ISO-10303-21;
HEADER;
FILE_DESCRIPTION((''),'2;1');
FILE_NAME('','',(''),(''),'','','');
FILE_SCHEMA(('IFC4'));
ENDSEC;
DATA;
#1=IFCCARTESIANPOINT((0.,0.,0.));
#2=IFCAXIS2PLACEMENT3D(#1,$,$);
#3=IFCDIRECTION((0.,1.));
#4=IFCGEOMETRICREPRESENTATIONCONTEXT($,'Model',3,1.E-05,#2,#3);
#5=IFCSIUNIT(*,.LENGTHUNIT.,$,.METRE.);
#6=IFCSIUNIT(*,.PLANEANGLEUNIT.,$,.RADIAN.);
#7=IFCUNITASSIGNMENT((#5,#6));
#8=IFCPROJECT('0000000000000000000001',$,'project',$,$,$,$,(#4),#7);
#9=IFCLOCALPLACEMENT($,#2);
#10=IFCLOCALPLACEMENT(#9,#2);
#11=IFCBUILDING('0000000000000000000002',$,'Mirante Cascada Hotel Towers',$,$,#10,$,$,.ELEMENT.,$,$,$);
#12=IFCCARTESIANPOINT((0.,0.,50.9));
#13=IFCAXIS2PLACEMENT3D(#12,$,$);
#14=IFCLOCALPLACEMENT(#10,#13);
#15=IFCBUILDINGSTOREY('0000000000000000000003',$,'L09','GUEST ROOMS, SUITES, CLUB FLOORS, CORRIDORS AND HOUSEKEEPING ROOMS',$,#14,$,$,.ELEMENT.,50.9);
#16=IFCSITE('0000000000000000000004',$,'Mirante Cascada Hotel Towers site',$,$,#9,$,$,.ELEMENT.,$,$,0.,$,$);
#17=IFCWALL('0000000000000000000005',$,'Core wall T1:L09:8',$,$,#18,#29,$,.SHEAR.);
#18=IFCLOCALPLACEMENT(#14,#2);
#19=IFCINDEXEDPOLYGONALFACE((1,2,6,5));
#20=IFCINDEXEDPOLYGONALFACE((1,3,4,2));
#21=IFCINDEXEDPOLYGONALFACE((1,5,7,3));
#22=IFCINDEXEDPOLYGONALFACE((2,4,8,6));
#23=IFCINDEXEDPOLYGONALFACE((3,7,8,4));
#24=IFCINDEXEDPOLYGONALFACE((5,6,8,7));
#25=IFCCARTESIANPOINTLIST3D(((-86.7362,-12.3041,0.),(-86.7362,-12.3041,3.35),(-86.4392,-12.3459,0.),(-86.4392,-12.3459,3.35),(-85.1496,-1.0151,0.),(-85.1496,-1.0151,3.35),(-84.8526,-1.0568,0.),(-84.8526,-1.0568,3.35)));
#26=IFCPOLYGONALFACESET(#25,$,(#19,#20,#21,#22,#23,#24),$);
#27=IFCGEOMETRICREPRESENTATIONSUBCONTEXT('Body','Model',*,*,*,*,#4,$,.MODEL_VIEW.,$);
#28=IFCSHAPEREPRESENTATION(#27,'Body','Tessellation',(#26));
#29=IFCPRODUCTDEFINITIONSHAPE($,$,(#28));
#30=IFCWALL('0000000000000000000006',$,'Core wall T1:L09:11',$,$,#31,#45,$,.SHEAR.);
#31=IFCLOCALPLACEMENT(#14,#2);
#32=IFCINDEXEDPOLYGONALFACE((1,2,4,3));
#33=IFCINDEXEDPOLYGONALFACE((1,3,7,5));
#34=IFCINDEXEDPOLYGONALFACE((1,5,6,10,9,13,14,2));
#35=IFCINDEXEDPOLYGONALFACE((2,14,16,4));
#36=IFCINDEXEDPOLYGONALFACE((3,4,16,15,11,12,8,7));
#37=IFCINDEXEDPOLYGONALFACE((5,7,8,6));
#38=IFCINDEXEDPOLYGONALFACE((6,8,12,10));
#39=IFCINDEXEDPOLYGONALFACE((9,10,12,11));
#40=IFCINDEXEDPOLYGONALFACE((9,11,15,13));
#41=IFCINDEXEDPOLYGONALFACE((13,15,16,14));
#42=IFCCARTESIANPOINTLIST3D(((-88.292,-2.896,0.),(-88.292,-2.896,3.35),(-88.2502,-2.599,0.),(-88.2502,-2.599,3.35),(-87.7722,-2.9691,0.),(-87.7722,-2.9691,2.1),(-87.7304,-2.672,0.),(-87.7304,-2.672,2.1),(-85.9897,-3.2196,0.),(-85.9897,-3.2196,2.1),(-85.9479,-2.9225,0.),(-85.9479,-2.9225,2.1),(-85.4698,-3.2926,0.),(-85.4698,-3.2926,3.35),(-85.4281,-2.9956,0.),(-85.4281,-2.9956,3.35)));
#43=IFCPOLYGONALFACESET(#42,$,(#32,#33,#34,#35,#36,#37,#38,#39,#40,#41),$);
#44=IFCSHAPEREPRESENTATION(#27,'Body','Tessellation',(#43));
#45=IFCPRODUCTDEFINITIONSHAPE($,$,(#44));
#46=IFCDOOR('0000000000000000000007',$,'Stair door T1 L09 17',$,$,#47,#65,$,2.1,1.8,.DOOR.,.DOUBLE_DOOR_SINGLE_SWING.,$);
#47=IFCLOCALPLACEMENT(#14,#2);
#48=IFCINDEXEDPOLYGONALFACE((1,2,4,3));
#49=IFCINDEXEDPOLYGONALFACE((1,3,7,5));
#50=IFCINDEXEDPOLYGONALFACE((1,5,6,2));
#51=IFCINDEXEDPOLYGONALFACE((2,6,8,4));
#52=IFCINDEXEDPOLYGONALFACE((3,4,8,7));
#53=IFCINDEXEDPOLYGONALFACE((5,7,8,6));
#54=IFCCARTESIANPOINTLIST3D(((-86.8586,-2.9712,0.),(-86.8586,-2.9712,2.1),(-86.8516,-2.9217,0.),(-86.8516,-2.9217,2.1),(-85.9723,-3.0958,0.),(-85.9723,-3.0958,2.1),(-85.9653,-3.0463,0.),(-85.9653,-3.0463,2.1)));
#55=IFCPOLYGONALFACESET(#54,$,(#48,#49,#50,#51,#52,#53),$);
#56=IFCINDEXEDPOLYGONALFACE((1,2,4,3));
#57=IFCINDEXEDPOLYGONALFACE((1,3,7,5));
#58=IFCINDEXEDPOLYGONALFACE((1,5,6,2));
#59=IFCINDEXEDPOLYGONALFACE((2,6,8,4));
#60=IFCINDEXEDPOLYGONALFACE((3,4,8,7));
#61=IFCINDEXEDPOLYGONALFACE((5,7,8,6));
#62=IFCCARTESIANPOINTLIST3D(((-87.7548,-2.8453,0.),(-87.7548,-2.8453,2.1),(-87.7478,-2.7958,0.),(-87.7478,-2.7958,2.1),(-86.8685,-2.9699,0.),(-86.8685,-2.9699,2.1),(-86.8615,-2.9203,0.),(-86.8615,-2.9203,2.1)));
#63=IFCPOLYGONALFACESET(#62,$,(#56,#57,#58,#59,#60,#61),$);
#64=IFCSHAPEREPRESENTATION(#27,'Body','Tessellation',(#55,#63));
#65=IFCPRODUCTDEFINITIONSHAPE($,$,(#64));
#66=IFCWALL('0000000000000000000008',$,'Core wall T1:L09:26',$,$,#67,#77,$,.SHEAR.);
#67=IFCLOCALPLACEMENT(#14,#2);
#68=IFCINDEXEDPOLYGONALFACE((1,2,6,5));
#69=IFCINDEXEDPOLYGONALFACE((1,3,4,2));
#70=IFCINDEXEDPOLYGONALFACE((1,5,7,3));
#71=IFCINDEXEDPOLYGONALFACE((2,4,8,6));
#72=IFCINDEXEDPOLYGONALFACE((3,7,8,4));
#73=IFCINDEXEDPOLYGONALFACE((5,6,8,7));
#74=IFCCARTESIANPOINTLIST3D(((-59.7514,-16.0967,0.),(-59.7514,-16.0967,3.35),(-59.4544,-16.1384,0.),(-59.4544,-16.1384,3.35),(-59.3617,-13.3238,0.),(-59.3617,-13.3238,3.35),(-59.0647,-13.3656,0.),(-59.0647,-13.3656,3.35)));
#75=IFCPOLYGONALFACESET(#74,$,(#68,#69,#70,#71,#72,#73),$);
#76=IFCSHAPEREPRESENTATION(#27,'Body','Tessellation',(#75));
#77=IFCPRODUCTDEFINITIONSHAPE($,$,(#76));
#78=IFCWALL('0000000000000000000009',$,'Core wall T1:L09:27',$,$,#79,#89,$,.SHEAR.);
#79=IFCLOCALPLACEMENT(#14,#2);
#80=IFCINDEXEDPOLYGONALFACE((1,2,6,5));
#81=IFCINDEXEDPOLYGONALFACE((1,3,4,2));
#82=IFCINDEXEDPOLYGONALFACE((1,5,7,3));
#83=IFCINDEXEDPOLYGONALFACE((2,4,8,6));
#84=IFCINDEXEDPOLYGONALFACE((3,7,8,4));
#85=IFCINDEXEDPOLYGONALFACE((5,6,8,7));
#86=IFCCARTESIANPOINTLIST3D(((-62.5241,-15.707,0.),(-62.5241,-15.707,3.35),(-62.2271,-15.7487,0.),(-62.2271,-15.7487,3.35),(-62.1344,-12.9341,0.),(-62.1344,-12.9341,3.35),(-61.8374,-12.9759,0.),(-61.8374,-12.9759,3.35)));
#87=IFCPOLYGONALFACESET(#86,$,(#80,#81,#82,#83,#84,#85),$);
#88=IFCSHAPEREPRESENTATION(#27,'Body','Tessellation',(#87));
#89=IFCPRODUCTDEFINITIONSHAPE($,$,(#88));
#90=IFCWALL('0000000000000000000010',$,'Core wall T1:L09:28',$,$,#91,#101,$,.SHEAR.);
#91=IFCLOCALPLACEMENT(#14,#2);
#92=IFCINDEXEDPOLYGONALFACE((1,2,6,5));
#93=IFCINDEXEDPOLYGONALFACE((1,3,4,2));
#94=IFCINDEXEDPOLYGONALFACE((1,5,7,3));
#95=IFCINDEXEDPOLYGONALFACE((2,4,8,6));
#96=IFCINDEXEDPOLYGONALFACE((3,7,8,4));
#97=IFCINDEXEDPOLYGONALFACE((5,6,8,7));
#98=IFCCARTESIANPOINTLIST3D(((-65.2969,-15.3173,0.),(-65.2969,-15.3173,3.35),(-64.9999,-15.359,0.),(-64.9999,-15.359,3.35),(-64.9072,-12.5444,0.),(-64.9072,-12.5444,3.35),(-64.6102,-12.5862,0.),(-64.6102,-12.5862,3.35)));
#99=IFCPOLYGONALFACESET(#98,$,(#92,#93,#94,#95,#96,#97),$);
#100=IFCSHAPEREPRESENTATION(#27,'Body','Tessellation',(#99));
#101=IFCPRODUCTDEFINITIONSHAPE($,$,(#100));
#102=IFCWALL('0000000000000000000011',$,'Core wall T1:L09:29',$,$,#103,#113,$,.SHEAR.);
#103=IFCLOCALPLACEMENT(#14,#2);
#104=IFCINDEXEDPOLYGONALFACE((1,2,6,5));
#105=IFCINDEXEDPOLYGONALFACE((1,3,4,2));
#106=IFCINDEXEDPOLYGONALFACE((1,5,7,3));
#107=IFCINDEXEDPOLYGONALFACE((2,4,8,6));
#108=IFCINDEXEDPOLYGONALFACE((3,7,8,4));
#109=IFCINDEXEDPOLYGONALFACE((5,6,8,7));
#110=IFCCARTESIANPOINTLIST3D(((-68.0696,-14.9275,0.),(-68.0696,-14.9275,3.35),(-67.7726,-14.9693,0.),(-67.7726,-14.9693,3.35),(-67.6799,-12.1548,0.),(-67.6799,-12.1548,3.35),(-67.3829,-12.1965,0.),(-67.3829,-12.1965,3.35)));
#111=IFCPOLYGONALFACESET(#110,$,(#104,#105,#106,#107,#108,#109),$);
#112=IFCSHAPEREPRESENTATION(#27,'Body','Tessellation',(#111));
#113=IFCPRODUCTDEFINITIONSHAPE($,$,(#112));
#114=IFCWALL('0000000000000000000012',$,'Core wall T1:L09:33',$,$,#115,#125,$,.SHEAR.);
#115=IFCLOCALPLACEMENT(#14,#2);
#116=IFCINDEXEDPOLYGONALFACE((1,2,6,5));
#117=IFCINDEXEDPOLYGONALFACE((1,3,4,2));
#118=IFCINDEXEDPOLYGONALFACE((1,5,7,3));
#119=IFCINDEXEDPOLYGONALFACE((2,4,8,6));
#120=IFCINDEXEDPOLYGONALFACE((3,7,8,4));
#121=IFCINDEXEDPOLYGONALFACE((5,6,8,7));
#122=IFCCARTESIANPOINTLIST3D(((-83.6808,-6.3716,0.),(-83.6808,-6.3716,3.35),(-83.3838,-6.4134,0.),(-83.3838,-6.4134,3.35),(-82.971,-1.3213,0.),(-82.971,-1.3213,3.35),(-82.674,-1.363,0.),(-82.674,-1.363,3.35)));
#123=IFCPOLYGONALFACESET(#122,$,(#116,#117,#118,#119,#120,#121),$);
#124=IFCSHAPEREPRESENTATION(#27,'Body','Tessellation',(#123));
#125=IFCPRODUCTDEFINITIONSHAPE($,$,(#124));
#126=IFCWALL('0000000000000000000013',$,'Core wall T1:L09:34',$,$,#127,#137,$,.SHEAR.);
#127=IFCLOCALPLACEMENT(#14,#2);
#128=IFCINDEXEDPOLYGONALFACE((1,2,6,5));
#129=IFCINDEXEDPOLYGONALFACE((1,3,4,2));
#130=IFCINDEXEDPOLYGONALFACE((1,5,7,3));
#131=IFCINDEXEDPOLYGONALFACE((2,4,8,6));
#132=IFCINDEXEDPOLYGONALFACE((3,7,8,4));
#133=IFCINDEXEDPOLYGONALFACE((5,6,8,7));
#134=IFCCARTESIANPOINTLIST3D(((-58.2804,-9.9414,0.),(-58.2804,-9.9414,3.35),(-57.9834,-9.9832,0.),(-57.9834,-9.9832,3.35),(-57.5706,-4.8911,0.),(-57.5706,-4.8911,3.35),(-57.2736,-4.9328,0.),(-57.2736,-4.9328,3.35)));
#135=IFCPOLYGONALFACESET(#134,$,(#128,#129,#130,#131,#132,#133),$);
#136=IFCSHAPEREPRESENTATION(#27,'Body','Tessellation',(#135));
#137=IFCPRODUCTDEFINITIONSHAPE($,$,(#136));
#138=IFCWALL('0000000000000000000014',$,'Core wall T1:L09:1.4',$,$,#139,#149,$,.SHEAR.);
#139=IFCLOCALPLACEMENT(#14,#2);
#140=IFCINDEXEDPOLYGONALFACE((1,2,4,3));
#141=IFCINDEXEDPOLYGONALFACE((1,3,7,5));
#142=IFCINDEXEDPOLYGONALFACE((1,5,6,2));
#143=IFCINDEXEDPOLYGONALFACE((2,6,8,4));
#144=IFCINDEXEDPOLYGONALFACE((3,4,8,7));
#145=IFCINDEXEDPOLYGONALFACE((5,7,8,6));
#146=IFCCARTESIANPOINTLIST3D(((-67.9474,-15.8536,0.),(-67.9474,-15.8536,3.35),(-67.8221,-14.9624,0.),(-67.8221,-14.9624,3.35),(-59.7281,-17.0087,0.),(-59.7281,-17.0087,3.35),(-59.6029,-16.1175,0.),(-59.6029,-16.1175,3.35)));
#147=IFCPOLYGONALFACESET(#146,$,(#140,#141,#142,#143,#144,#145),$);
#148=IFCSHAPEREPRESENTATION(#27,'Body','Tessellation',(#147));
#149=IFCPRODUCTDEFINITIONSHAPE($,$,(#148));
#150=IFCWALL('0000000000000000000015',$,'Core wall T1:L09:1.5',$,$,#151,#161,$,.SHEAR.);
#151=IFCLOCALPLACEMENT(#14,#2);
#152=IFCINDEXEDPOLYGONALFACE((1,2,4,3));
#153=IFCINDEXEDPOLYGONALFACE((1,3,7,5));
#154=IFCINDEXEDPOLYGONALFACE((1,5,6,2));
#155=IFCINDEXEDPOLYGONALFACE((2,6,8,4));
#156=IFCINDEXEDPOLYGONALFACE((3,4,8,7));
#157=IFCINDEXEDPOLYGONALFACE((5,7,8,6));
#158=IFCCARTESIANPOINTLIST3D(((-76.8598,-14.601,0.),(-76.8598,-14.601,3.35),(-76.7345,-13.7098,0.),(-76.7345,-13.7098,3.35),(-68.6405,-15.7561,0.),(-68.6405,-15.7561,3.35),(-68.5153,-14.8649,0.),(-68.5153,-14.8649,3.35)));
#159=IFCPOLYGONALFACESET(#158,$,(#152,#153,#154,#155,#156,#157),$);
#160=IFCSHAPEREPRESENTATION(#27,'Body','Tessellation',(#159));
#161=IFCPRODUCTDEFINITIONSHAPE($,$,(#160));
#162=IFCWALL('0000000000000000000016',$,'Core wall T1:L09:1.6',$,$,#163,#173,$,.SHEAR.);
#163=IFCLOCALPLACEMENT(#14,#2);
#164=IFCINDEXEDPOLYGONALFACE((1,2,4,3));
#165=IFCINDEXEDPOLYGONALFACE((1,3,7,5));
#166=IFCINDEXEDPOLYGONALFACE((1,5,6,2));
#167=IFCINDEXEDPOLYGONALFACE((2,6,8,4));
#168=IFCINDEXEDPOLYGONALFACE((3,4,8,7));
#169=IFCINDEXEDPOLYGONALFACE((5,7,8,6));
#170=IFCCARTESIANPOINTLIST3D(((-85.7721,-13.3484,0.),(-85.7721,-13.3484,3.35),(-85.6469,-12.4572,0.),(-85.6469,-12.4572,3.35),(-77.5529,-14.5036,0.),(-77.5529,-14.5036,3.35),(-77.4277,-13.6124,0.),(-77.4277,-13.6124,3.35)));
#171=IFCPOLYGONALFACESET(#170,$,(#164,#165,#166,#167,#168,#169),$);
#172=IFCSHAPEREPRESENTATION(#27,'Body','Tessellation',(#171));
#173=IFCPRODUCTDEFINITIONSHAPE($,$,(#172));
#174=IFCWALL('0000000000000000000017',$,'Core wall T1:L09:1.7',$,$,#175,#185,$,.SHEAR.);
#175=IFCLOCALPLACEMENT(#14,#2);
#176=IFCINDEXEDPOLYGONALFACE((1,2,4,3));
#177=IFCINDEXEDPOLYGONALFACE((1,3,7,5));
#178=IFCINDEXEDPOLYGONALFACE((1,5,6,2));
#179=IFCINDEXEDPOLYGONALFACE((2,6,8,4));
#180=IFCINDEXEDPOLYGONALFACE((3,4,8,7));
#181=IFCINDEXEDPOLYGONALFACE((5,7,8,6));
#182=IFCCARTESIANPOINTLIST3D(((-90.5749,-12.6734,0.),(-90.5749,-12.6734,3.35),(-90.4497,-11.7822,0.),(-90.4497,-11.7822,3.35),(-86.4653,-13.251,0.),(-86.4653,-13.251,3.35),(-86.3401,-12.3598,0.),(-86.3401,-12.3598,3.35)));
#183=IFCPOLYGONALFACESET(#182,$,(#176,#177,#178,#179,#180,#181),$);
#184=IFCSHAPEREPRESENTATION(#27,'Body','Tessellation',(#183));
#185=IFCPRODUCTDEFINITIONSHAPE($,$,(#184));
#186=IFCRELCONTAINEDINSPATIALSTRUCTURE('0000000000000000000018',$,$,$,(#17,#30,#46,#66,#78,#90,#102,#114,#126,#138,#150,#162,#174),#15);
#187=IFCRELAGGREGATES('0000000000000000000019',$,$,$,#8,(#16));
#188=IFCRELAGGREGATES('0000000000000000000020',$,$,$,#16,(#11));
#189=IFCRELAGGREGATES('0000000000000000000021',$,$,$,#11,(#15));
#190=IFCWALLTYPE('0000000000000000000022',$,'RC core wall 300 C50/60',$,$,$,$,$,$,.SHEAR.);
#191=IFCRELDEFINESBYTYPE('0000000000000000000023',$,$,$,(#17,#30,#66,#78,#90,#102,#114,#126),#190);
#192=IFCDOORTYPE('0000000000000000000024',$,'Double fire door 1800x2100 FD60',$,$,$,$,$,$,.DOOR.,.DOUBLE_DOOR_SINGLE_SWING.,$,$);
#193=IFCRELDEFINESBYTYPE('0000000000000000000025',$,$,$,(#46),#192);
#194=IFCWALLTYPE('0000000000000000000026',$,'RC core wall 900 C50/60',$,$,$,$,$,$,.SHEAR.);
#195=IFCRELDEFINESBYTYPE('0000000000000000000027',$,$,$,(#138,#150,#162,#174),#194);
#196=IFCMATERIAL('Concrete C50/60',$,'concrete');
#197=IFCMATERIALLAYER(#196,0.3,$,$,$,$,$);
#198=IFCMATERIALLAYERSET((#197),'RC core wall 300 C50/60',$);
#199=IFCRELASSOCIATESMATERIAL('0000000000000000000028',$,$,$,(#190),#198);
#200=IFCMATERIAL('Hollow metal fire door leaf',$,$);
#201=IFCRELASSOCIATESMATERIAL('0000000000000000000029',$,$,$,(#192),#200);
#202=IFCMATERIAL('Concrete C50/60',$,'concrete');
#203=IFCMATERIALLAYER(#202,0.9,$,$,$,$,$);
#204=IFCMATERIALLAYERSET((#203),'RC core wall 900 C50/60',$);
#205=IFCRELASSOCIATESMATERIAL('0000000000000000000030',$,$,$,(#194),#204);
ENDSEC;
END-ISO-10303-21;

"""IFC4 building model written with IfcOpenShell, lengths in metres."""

from ifc_helpers import new_model, si_unit, direction, frame, frame_2d, origin, place, context, subcontext, project, spatial, rectangle, extrude, material, layer, layer_set, type_object, element, fill, save


model = new_model("IFC4")

# Units and contexts
model_context = context("Model", 3, precision=1e-05, world=origin(), true_north=direction((0.0, 1.0)))
body_context = subcontext(model_context, "Body", "Model", "MODEL_VIEW")
ifc_project = project(units=[si_unit("LENGTHUNIT", "METRE"), si_unit("PLANEANGLEUNIT", "RADIAN")], contexts=[model_context])

# Site, building, storey
site_placement = place(None, origin())
site = spatial("IfcSite", under=ifc_project, at=site_placement, Name="Mirante Cascada Hotel Towers site", CompositionType="ELEMENT", RefElevation=0.0)
building_placement = place(site_placement, origin())
building = spatial("IfcBuilding", under=site, at=building_placement, Name="Mirante Cascada Hotel Towers", CompositionType="ELEMENT")
storey_placement = place(building_placement, frame((0.0, 0.0, 50.9)))
storey = spatial("IfcBuildingStorey", under=building, at=storey_placement, Name="L09", Description="GUEST ROOMS, SUITES, CLUB FLOORS, CORRIDORS AND HOUSEKEEPING ROOMS", CompositionType="ELEMENT", Elevation=50.9)

# Wall
ifc_material_1 = material(Name="Concrete C50/60", Category="concrete")
ifc_layer_1 = layer(ifc_material_1, 0.3)
ifc_layer_set_1 = layer_set([ifc_layer_1], Name="RC core wall 300 C50/60")
wall_type_1 = type_object("IfcWallType", Name="RC core wall 300 C50/60", PredefinedType="SHEAR", material=ifc_layer_set_1)
wall_1_placement = place(storey_placement, frame((-86.5877, -12.325, 0.0), z_axis=(0.0, 0.0, 1.0), x_axis=(0.139175, 0.990268, 0.0)))
element("IfcWall", 1, at=wall_1_placement, inside=storey, type_object=wall_type_1, Name="Core wall T1:L09:8", PredefinedType="SHEAR", context=body_context, shape_type="SweptSolid", body=[
    extrude(rectangle(XDim=11.4, YDim=0.3, at=frame_2d((5.7, 0.0))), origin(), (0.0, 0.0, 1.0), 3.35),
])

# Wall, opening, door
wall_2_placement = place(storey_placement, frame((-85.4489, -3.1441, 0.0), z_axis=(0.0, 0.0, 1.0), x_axis=(-0.99027, 0.139161, 0.0)))
wall_2 = element("IfcWall", 2, at=wall_2_placement, inside=storey, type_object=wall_type_1, Name="Core wall T1:L09:11", PredefinedType="SHEAR", context=body_context, shape_type="SweptSolid", body=[
    extrude(rectangle(XDim=2.8499, YDim=0.3, at=frame_2d((1.425, 0.0))), origin(), (0.0, 0.0, 1.0), 3.35),
])
opening_placement = place(wall_2_placement, frame((0.525, 0.0, 0.0)))
opening = element("IfcOpeningElement", 3, at=opening_placement, cuts=wall_2, PredefinedType="OPENING", context=body_context, shape_type="SweptSolid", body=[
    extrude(rectangle(XDim=1.8, YDim=2.1, at=frame_2d((0.9, 1.05))), frame((0.0, 0.15, 0.0), z_axis=(0.0, -1.0, 0.0), x_axis=(1.0, 0.0, 0.0)), (0.0, 0.0, 1.0), 0.3),
])
ifc_material_2 = material(Name="Hollow metal fire door leaf")
door_type = type_object("IfcDoorType", Name="Double fire door 1800x2100 FD60", OperationType="DOUBLE_DOOR_SINGLE_SWING", PredefinedType="DOOR", material=ifc_material_2)
door_placement = place(opening_placement, origin())
door = element("IfcDoor", 4, at=door_placement, inside=storey, type_object=door_type, Name="Stair door T1 L09 17", OperationType="DOUBLE_DOOR_SINGLE_SWING", OverallHeight=2.1, OverallWidth=1.8, PredefinedType="DOOR", context=body_context, shape_type="SweptSolid", body=[
    extrude(rectangle(XDim=0.895, YDim=2.1, at=frame_2d((0.4475, 1.05))), frame((0.0, 0.025, 0.0), z_axis=(0.0, -1.0, 0.0), x_axis=(1.0, 0.0, 0.0)), (0.0, 0.0, 1.0), 0.05),
    extrude(rectangle(XDim=0.895, YDim=2.1, at=frame_2d((1.3525, 1.05))), frame((0.0, 0.025, 0.0), z_axis=(0.0, -1.0, 0.0), x_axis=(1.0, 0.0, 0.0)), (0.0, 0.0, 1.0), 0.05),
])
fill(opening, door)

# Walls
for number, where, z_axis, x_axis, name in (
    (5, (-59.6029, -16.1175, 0.0), (0.0, 0.0, 1.0), (0.139176, 0.990268, 0.0), "Core wall T1:L09:26"),
    (6, (-62.3756, -15.7278, 0.0), (0.0, 0.0, 1.0), (0.139176, 0.990268, 0.0), "Core wall T1:L09:27"),
    (7, (-65.1484, -15.3381, 0.0), (0.0, 0.0, 1.0), (0.139176, 0.990268, 0.0), "Core wall T1:L09:28"),
):
    element("IfcWall", number, at=place(storey_placement, frame(where, z_axis=z_axis, x_axis=x_axis)), inside=storey, type_object=wall_type_1, Name=name, PredefinedType="SHEAR", context=body_context, shape_type="SweptSolid", body=[
        extrude(rectangle(XDim=2.8001, YDim=0.3, at=frame_2d((1.4, 0.0))), origin(), (0.0, 0.0, 1.0), 3.35),
    ])
wall_3_placement = place(storey_placement, frame((-67.9211, -14.9484, 0.0), z_axis=(0.0, 0.0, 1.0), x_axis=(0.139181, 0.990267, 0.0)))
element("IfcWall", 8, at=wall_3_placement, inside=storey, type_object=wall_type_1, Name="Core wall T1:L09:29", PredefinedType="SHEAR", context=body_context, shape_type="SweptSolid", body=[
    extrude(rectangle(XDim=2.8, YDim=0.3, at=frame_2d((1.4, 0.0))), origin(), (0.0, 0.0, 1.0), 3.35),
])
for number, where, z_axis, x_axis, name in (
    (9, (-83.5323, -6.3925, 0.0), (0.0, 0.0, 1.0), (0.139176, 0.990268, 0.0), "Core wall T1:L09:33"),
    (10, (-58.1319, -9.9623, 0.0), (0.0, 0.0, 1.0), (0.139176, 0.990268, 0.0), "Core wall T1:L09:34"),
):
    element("IfcWall", number, at=place(storey_placement, frame(where, z_axis=z_axis, x_axis=x_axis)), inside=storey, type_object=wall_type_1, Name=name, PredefinedType="SHEAR", context=body_context, shape_type="SweptSolid", body=[
        extrude(rectangle(XDim=5.1, YDim=0.3, at=frame_2d((2.55, 0.0))), origin(), (0.0, 0.0, 1.0), 3.35),
    ])
ifc_material_3 = material(Name="Concrete C50/60", Category="concrete")
ifc_layer_2 = layer(ifc_material_3, 0.9)
ifc_layer_set_2 = layer_set([ifc_layer_2], Name="RC core wall 900 C50/60")
wall_type_2 = type_object("IfcWallType", Name="RC core wall 900 C50/60", PredefinedType="SHEAR", material=ifc_layer_set_2)
for number, where, z_axis, x_axis, name in (
    (11, (-59.6655, -16.5631, 0.0), (0.0, 0.0, 1.0), (-0.990269, 0.139169, 0.0), "Core wall T1:L09:1.4"),
    (12, (-68.5779, -15.3105, 0.0), (0.0, 0.0, 1.0), (-0.990269, 0.139169, 0.0), "Core wall T1:L09:1.5"),
    (13, (-77.4903, -14.058, 0.0), (0.0, 0.0, 1.0), (-0.990267, 0.139181, 0.0), "Core wall T1:L09:1.6"),
):
    element("IfcWall", number, at=place(storey_placement, frame(where, z_axis=z_axis, x_axis=x_axis)), inside=storey, type_object=wall_type_2, Name=name, PredefinedType="SHEAR", context=body_context, shape_type="SweptSolid", body=[
        extrude(rectangle(XDim=8.3, YDim=0.9, at=frame_2d((4.15, 0.0))), origin(), (0.0, 0.0, 1.0), 3.35),
    ])
wall_4_placement = place(storey_placement, frame((-86.4027, -12.8054, 0.0), z_axis=(0.0, 0.0, 1.0), x_axis=(-0.990267, 0.139181, 0.0)))
element("IfcWall", 14, at=wall_4_placement, inside=storey, type_object=wall_type_2, Name="Core wall T1:L09:1.7", PredefinedType="SHEAR", context=body_context, shape_type="SweptSolid", body=[
    extrude(rectangle(XDim=4.15, YDim=0.9, at=frame_2d((2.075, 0.0))), origin(), (0.0, 0.0, 1.0), 3.35),
])

save(model, "model.ifc")
